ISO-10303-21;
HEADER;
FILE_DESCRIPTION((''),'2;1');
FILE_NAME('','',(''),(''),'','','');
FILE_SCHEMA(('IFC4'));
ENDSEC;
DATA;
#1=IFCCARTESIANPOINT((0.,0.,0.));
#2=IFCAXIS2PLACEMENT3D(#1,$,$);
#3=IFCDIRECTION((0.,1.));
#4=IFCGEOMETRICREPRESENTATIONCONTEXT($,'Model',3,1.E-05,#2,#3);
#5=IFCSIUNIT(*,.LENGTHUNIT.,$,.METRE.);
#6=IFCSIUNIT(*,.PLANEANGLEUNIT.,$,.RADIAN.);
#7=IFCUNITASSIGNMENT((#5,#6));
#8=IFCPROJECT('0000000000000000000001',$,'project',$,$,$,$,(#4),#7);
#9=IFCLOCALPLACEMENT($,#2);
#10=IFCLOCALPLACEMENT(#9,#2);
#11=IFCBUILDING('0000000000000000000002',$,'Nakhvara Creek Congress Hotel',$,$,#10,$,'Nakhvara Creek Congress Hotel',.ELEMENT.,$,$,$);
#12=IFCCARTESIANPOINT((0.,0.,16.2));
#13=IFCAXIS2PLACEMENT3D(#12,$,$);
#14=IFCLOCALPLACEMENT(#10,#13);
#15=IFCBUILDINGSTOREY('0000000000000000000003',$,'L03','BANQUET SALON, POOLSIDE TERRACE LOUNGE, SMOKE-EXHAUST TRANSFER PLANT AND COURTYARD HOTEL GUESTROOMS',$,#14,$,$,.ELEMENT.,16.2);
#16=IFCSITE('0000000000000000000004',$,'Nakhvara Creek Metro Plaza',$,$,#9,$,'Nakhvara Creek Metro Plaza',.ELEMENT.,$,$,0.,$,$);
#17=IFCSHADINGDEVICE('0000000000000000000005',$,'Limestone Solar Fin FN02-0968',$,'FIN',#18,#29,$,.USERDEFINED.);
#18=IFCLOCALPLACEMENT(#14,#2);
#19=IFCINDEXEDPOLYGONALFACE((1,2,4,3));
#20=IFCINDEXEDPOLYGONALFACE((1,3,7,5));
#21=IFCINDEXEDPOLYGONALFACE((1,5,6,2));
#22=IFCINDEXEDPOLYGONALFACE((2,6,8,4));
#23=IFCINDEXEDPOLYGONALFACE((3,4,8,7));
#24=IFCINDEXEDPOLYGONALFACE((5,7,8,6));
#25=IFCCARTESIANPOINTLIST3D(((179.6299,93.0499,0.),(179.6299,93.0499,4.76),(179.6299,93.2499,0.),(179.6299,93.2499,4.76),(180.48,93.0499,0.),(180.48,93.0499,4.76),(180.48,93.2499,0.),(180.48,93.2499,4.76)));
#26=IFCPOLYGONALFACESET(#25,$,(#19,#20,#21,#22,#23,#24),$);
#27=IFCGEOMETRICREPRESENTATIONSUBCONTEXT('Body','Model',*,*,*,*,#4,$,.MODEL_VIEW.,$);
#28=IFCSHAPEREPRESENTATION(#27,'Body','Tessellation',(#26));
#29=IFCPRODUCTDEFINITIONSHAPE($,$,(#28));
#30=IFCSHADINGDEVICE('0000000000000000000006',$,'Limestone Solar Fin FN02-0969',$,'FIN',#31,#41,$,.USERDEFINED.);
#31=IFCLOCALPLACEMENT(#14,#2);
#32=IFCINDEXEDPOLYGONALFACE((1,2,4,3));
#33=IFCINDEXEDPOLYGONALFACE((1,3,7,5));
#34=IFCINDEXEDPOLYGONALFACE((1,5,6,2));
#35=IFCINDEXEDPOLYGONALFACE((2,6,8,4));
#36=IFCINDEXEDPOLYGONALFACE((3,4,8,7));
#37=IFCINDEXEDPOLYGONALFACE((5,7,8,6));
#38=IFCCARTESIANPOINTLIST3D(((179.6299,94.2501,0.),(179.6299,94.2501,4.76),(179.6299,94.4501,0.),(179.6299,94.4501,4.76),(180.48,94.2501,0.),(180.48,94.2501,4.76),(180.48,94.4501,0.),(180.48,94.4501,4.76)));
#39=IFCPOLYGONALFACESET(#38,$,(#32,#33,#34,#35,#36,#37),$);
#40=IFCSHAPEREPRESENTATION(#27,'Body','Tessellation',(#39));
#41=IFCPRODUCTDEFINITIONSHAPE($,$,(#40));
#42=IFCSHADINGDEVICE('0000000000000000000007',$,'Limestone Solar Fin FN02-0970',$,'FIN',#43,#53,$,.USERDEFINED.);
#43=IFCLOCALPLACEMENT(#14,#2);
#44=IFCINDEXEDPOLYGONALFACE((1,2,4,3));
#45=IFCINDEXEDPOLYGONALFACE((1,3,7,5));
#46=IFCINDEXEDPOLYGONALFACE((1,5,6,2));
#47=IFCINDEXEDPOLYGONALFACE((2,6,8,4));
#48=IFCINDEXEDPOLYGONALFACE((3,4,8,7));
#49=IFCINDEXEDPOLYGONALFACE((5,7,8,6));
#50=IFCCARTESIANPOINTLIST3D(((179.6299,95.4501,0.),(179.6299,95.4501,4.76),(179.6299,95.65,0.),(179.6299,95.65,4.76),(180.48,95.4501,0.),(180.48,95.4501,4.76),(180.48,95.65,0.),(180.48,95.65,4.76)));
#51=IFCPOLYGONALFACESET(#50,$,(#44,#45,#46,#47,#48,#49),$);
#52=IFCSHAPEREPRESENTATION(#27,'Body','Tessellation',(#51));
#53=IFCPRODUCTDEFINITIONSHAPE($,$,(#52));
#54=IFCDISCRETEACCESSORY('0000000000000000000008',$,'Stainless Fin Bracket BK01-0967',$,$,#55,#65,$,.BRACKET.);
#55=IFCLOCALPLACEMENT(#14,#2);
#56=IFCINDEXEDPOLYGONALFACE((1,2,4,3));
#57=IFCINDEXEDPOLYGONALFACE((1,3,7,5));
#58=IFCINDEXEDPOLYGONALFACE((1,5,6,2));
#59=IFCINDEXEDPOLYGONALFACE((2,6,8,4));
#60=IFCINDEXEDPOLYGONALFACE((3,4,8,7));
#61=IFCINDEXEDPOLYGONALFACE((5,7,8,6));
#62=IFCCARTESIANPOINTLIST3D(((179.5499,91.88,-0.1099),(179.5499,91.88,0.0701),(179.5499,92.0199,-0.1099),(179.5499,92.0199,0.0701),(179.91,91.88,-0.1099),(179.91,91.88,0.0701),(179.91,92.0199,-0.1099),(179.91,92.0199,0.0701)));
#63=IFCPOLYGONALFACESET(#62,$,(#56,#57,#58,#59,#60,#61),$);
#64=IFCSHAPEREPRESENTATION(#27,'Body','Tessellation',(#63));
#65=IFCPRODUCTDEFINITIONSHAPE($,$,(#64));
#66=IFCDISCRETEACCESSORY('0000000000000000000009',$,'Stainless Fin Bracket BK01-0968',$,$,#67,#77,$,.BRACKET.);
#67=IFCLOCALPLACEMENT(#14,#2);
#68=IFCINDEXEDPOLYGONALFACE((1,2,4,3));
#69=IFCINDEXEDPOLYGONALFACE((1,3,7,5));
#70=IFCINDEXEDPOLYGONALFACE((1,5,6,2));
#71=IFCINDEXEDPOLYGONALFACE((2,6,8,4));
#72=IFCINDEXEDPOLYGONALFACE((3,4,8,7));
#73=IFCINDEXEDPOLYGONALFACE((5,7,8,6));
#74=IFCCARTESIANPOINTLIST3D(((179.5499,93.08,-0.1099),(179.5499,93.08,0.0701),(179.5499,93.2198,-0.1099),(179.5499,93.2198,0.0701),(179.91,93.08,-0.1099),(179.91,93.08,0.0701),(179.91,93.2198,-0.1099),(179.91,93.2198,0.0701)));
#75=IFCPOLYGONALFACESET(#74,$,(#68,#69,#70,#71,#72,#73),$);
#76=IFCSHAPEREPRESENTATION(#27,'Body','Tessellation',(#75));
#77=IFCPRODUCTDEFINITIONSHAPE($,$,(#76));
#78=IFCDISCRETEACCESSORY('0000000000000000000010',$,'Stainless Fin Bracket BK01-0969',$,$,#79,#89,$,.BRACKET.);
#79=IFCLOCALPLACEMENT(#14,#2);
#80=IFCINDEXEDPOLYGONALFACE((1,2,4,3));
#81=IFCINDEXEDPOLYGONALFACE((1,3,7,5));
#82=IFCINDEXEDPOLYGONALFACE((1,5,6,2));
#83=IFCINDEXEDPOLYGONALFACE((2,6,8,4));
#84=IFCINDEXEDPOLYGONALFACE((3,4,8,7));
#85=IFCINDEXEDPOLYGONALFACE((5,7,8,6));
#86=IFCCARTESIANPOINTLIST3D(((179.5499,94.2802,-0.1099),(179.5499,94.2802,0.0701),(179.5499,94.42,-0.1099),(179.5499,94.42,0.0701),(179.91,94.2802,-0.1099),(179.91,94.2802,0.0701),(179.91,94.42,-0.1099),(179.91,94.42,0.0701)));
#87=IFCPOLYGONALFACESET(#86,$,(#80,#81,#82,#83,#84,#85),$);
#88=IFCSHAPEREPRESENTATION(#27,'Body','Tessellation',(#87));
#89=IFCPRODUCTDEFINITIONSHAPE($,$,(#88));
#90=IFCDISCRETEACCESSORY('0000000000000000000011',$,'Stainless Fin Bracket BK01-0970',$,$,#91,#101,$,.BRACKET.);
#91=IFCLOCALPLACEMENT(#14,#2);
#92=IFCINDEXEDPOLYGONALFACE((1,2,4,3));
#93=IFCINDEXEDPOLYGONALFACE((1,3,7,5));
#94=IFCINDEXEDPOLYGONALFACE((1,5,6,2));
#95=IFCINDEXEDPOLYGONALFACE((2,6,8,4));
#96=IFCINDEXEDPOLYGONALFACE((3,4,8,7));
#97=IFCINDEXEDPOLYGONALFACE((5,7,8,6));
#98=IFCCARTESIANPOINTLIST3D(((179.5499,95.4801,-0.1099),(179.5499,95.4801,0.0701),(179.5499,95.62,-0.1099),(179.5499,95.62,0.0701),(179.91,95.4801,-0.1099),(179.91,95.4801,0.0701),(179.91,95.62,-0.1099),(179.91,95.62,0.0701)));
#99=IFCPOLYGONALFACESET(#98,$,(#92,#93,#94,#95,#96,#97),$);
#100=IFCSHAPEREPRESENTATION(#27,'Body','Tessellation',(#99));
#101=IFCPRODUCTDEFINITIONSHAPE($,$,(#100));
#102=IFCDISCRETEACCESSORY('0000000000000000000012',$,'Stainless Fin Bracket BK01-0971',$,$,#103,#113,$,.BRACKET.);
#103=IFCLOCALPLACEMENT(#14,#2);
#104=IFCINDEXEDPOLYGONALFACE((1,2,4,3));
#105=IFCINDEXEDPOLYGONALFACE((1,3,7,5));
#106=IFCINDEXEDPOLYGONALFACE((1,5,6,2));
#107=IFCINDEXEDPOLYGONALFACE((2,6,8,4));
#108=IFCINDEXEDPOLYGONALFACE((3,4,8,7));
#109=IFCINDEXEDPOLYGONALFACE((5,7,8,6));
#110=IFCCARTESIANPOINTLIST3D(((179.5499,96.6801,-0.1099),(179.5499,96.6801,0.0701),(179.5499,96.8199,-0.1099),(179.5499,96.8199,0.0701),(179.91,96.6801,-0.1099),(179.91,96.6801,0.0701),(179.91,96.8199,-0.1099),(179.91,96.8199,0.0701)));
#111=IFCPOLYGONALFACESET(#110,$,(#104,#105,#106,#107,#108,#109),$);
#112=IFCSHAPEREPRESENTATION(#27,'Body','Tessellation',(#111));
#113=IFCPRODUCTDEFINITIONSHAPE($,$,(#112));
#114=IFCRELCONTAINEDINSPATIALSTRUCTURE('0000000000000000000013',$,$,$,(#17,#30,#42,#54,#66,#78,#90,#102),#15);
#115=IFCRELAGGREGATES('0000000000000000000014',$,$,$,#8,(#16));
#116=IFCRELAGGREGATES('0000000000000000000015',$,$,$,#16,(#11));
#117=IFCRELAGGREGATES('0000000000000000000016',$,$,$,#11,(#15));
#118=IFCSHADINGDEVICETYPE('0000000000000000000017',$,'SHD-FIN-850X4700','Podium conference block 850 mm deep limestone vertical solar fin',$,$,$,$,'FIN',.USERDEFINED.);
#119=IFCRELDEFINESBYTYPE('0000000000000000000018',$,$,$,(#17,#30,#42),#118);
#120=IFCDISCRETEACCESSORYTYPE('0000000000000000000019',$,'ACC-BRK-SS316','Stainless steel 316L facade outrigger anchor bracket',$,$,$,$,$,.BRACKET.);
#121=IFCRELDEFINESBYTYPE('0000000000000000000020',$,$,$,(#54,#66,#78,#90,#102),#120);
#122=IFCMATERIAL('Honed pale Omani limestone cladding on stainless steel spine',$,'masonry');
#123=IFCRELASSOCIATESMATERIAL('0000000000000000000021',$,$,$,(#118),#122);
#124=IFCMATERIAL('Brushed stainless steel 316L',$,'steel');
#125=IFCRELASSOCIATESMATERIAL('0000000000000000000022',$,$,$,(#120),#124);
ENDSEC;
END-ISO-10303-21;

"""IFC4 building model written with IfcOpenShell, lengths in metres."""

from ifc_helpers import new_model, si_unit, direction, frame, origin, origin_2d, place, context, subcontext, project, spatial, rectangle, extrude, material, type_object, element, save


model = new_model("IFC4")

# Units and contexts
model_context = context("Model", 3, precision=1e-05, world=origin(), true_north=direction((0.0, 1.0)))
body_context = subcontext(model_context, "Body", "Model", "MODEL_VIEW")
ifc_project = project(units=[si_unit("LENGTHUNIT", "METRE"), si_unit("PLANEANGLEUNIT", "RADIAN")], contexts=[model_context])

# Site, building, storey
site_placement = place(None, origin())
site = spatial("IfcSite", under=ifc_project, at=site_placement, Name="Nakhvara Creek Metro Plaza", LongName="Nakhvara Creek Metro Plaza", CompositionType="ELEMENT", RefElevation=0.0)
building_placement = place(site_placement, origin())
building = spatial("IfcBuilding", under=site, at=building_placement, Name="Nakhvara Creek Congress Hotel", LongName="Nakhvara Creek Congress Hotel", CompositionType="ELEMENT")
storey_placement = place(building_placement, frame((0.0, 0.0, 16.2)))
storey = spatial("IfcBuildingStorey", under=building, at=storey_placement, Name="L03", Description="BANQUET SALON, POOLSIDE TERRACE LOUNGE, SMOKE-EXHAUST TRANSFER PLANT AND COURTYARD HOTEL GUESTROOMS", CompositionType="ELEMENT", Elevation=16.2)

# Shading devices
ifc_material_1 = material(Name="Honed pale Omani limestone cladding on stainless steel spine", Category="masonry")
shading_device_type = type_object("IfcShadingDeviceType", Name="SHD-FIN-850X4700", Description="Podium conference block 850 mm deep limestone vertical solar fin", ElementType="FIN", PredefinedType="USERDEFINED", material=ifc_material_1)
for number, where, z_axis, x_axis, name in (
    (1, (180.0549, 93.1499, 0.0), (0.0, 0.0, 1.0), (0.0, 1.0, 0.0), "Limestone Solar Fin FN02-0968"),
    (2, (180.0549, 94.3501, 0.0), (0.0, 0.0, 1.0), (0.0, 1.0, 0.0), "Limestone Solar Fin FN02-0969"),
    (3, (180.0549, 95.55, 0.0), (0.0, 0.0, 1.0), (0.0, 1.0, 0.0), "Limestone Solar Fin FN02-0970"),
):
    element("IfcShadingDevice", number, at=place(storey_placement, frame(where, z_axis=z_axis, x_axis=x_axis)), inside=storey, type_object=shading_device_type, Name=name, ObjectType="FIN", PredefinedType="USERDEFINED", context=body_context, shape_type="SweptSolid", body=[
        extrude(rectangle(XDim=0.2, YDim=0.8501, at=origin_2d()), origin(), (0.0, 0.0, 1.0), 4.76),
    ])

# Discrete accessories
ifc_material_2 = material(Name="Brushed stainless steel 316L", Category="steel")
discrete_accessory_type = type_object("IfcDiscreteAccessoryType", Name="ACC-BRK-SS316", Description="Stainless steel 316L facade outrigger anchor bracket", PredefinedType="BRACKET", material=ifc_material_2)
for number, where, z_axis, x_axis, name in (
    (4, (179.73, 91.95, -0.1099), (0.0, 0.0, 1.0), (0.0, 1.0, 0.0), "Stainless Fin Bracket BK01-0967"),
    (5, (179.73, 93.1499, -0.1099), (0.0, 0.0, 1.0), (0.0, 1.0, 0.0), "Stainless Fin Bracket BK01-0968"),
    (6, (179.73, 94.3501, -0.1099), (0.0, 0.0, 1.0), (0.0, 1.0, 0.0), "Stainless Fin Bracket BK01-0969"),
    (7, (179.73, 95.55, -0.1099), (0.0, 0.0, 1.0), (0.0, 1.0, 0.0), "Stainless Fin Bracket BK01-0970"),
    (8, (179.73, 96.75, -0.1099), (0.0, 0.0, 1.0), (0.0, 1.0, 0.0), "Stainless Fin Bracket BK01-0971"),
):
    element("IfcDiscreteAccessory", number, at=place(storey_placement, frame(where, z_axis=z_axis, x_axis=x_axis)), inside=storey, type_object=discrete_accessory_type, Name=name, PredefinedType="BRACKET", context=body_context, shape_type="SweptSolid", body=[
        extrude(rectangle(XDim=0.1399, YDim=0.3601, at=origin_2d()), origin(), (0.0, 0.0, 1.0), 0.1799),
    ])

save(model, "model.ifc")
